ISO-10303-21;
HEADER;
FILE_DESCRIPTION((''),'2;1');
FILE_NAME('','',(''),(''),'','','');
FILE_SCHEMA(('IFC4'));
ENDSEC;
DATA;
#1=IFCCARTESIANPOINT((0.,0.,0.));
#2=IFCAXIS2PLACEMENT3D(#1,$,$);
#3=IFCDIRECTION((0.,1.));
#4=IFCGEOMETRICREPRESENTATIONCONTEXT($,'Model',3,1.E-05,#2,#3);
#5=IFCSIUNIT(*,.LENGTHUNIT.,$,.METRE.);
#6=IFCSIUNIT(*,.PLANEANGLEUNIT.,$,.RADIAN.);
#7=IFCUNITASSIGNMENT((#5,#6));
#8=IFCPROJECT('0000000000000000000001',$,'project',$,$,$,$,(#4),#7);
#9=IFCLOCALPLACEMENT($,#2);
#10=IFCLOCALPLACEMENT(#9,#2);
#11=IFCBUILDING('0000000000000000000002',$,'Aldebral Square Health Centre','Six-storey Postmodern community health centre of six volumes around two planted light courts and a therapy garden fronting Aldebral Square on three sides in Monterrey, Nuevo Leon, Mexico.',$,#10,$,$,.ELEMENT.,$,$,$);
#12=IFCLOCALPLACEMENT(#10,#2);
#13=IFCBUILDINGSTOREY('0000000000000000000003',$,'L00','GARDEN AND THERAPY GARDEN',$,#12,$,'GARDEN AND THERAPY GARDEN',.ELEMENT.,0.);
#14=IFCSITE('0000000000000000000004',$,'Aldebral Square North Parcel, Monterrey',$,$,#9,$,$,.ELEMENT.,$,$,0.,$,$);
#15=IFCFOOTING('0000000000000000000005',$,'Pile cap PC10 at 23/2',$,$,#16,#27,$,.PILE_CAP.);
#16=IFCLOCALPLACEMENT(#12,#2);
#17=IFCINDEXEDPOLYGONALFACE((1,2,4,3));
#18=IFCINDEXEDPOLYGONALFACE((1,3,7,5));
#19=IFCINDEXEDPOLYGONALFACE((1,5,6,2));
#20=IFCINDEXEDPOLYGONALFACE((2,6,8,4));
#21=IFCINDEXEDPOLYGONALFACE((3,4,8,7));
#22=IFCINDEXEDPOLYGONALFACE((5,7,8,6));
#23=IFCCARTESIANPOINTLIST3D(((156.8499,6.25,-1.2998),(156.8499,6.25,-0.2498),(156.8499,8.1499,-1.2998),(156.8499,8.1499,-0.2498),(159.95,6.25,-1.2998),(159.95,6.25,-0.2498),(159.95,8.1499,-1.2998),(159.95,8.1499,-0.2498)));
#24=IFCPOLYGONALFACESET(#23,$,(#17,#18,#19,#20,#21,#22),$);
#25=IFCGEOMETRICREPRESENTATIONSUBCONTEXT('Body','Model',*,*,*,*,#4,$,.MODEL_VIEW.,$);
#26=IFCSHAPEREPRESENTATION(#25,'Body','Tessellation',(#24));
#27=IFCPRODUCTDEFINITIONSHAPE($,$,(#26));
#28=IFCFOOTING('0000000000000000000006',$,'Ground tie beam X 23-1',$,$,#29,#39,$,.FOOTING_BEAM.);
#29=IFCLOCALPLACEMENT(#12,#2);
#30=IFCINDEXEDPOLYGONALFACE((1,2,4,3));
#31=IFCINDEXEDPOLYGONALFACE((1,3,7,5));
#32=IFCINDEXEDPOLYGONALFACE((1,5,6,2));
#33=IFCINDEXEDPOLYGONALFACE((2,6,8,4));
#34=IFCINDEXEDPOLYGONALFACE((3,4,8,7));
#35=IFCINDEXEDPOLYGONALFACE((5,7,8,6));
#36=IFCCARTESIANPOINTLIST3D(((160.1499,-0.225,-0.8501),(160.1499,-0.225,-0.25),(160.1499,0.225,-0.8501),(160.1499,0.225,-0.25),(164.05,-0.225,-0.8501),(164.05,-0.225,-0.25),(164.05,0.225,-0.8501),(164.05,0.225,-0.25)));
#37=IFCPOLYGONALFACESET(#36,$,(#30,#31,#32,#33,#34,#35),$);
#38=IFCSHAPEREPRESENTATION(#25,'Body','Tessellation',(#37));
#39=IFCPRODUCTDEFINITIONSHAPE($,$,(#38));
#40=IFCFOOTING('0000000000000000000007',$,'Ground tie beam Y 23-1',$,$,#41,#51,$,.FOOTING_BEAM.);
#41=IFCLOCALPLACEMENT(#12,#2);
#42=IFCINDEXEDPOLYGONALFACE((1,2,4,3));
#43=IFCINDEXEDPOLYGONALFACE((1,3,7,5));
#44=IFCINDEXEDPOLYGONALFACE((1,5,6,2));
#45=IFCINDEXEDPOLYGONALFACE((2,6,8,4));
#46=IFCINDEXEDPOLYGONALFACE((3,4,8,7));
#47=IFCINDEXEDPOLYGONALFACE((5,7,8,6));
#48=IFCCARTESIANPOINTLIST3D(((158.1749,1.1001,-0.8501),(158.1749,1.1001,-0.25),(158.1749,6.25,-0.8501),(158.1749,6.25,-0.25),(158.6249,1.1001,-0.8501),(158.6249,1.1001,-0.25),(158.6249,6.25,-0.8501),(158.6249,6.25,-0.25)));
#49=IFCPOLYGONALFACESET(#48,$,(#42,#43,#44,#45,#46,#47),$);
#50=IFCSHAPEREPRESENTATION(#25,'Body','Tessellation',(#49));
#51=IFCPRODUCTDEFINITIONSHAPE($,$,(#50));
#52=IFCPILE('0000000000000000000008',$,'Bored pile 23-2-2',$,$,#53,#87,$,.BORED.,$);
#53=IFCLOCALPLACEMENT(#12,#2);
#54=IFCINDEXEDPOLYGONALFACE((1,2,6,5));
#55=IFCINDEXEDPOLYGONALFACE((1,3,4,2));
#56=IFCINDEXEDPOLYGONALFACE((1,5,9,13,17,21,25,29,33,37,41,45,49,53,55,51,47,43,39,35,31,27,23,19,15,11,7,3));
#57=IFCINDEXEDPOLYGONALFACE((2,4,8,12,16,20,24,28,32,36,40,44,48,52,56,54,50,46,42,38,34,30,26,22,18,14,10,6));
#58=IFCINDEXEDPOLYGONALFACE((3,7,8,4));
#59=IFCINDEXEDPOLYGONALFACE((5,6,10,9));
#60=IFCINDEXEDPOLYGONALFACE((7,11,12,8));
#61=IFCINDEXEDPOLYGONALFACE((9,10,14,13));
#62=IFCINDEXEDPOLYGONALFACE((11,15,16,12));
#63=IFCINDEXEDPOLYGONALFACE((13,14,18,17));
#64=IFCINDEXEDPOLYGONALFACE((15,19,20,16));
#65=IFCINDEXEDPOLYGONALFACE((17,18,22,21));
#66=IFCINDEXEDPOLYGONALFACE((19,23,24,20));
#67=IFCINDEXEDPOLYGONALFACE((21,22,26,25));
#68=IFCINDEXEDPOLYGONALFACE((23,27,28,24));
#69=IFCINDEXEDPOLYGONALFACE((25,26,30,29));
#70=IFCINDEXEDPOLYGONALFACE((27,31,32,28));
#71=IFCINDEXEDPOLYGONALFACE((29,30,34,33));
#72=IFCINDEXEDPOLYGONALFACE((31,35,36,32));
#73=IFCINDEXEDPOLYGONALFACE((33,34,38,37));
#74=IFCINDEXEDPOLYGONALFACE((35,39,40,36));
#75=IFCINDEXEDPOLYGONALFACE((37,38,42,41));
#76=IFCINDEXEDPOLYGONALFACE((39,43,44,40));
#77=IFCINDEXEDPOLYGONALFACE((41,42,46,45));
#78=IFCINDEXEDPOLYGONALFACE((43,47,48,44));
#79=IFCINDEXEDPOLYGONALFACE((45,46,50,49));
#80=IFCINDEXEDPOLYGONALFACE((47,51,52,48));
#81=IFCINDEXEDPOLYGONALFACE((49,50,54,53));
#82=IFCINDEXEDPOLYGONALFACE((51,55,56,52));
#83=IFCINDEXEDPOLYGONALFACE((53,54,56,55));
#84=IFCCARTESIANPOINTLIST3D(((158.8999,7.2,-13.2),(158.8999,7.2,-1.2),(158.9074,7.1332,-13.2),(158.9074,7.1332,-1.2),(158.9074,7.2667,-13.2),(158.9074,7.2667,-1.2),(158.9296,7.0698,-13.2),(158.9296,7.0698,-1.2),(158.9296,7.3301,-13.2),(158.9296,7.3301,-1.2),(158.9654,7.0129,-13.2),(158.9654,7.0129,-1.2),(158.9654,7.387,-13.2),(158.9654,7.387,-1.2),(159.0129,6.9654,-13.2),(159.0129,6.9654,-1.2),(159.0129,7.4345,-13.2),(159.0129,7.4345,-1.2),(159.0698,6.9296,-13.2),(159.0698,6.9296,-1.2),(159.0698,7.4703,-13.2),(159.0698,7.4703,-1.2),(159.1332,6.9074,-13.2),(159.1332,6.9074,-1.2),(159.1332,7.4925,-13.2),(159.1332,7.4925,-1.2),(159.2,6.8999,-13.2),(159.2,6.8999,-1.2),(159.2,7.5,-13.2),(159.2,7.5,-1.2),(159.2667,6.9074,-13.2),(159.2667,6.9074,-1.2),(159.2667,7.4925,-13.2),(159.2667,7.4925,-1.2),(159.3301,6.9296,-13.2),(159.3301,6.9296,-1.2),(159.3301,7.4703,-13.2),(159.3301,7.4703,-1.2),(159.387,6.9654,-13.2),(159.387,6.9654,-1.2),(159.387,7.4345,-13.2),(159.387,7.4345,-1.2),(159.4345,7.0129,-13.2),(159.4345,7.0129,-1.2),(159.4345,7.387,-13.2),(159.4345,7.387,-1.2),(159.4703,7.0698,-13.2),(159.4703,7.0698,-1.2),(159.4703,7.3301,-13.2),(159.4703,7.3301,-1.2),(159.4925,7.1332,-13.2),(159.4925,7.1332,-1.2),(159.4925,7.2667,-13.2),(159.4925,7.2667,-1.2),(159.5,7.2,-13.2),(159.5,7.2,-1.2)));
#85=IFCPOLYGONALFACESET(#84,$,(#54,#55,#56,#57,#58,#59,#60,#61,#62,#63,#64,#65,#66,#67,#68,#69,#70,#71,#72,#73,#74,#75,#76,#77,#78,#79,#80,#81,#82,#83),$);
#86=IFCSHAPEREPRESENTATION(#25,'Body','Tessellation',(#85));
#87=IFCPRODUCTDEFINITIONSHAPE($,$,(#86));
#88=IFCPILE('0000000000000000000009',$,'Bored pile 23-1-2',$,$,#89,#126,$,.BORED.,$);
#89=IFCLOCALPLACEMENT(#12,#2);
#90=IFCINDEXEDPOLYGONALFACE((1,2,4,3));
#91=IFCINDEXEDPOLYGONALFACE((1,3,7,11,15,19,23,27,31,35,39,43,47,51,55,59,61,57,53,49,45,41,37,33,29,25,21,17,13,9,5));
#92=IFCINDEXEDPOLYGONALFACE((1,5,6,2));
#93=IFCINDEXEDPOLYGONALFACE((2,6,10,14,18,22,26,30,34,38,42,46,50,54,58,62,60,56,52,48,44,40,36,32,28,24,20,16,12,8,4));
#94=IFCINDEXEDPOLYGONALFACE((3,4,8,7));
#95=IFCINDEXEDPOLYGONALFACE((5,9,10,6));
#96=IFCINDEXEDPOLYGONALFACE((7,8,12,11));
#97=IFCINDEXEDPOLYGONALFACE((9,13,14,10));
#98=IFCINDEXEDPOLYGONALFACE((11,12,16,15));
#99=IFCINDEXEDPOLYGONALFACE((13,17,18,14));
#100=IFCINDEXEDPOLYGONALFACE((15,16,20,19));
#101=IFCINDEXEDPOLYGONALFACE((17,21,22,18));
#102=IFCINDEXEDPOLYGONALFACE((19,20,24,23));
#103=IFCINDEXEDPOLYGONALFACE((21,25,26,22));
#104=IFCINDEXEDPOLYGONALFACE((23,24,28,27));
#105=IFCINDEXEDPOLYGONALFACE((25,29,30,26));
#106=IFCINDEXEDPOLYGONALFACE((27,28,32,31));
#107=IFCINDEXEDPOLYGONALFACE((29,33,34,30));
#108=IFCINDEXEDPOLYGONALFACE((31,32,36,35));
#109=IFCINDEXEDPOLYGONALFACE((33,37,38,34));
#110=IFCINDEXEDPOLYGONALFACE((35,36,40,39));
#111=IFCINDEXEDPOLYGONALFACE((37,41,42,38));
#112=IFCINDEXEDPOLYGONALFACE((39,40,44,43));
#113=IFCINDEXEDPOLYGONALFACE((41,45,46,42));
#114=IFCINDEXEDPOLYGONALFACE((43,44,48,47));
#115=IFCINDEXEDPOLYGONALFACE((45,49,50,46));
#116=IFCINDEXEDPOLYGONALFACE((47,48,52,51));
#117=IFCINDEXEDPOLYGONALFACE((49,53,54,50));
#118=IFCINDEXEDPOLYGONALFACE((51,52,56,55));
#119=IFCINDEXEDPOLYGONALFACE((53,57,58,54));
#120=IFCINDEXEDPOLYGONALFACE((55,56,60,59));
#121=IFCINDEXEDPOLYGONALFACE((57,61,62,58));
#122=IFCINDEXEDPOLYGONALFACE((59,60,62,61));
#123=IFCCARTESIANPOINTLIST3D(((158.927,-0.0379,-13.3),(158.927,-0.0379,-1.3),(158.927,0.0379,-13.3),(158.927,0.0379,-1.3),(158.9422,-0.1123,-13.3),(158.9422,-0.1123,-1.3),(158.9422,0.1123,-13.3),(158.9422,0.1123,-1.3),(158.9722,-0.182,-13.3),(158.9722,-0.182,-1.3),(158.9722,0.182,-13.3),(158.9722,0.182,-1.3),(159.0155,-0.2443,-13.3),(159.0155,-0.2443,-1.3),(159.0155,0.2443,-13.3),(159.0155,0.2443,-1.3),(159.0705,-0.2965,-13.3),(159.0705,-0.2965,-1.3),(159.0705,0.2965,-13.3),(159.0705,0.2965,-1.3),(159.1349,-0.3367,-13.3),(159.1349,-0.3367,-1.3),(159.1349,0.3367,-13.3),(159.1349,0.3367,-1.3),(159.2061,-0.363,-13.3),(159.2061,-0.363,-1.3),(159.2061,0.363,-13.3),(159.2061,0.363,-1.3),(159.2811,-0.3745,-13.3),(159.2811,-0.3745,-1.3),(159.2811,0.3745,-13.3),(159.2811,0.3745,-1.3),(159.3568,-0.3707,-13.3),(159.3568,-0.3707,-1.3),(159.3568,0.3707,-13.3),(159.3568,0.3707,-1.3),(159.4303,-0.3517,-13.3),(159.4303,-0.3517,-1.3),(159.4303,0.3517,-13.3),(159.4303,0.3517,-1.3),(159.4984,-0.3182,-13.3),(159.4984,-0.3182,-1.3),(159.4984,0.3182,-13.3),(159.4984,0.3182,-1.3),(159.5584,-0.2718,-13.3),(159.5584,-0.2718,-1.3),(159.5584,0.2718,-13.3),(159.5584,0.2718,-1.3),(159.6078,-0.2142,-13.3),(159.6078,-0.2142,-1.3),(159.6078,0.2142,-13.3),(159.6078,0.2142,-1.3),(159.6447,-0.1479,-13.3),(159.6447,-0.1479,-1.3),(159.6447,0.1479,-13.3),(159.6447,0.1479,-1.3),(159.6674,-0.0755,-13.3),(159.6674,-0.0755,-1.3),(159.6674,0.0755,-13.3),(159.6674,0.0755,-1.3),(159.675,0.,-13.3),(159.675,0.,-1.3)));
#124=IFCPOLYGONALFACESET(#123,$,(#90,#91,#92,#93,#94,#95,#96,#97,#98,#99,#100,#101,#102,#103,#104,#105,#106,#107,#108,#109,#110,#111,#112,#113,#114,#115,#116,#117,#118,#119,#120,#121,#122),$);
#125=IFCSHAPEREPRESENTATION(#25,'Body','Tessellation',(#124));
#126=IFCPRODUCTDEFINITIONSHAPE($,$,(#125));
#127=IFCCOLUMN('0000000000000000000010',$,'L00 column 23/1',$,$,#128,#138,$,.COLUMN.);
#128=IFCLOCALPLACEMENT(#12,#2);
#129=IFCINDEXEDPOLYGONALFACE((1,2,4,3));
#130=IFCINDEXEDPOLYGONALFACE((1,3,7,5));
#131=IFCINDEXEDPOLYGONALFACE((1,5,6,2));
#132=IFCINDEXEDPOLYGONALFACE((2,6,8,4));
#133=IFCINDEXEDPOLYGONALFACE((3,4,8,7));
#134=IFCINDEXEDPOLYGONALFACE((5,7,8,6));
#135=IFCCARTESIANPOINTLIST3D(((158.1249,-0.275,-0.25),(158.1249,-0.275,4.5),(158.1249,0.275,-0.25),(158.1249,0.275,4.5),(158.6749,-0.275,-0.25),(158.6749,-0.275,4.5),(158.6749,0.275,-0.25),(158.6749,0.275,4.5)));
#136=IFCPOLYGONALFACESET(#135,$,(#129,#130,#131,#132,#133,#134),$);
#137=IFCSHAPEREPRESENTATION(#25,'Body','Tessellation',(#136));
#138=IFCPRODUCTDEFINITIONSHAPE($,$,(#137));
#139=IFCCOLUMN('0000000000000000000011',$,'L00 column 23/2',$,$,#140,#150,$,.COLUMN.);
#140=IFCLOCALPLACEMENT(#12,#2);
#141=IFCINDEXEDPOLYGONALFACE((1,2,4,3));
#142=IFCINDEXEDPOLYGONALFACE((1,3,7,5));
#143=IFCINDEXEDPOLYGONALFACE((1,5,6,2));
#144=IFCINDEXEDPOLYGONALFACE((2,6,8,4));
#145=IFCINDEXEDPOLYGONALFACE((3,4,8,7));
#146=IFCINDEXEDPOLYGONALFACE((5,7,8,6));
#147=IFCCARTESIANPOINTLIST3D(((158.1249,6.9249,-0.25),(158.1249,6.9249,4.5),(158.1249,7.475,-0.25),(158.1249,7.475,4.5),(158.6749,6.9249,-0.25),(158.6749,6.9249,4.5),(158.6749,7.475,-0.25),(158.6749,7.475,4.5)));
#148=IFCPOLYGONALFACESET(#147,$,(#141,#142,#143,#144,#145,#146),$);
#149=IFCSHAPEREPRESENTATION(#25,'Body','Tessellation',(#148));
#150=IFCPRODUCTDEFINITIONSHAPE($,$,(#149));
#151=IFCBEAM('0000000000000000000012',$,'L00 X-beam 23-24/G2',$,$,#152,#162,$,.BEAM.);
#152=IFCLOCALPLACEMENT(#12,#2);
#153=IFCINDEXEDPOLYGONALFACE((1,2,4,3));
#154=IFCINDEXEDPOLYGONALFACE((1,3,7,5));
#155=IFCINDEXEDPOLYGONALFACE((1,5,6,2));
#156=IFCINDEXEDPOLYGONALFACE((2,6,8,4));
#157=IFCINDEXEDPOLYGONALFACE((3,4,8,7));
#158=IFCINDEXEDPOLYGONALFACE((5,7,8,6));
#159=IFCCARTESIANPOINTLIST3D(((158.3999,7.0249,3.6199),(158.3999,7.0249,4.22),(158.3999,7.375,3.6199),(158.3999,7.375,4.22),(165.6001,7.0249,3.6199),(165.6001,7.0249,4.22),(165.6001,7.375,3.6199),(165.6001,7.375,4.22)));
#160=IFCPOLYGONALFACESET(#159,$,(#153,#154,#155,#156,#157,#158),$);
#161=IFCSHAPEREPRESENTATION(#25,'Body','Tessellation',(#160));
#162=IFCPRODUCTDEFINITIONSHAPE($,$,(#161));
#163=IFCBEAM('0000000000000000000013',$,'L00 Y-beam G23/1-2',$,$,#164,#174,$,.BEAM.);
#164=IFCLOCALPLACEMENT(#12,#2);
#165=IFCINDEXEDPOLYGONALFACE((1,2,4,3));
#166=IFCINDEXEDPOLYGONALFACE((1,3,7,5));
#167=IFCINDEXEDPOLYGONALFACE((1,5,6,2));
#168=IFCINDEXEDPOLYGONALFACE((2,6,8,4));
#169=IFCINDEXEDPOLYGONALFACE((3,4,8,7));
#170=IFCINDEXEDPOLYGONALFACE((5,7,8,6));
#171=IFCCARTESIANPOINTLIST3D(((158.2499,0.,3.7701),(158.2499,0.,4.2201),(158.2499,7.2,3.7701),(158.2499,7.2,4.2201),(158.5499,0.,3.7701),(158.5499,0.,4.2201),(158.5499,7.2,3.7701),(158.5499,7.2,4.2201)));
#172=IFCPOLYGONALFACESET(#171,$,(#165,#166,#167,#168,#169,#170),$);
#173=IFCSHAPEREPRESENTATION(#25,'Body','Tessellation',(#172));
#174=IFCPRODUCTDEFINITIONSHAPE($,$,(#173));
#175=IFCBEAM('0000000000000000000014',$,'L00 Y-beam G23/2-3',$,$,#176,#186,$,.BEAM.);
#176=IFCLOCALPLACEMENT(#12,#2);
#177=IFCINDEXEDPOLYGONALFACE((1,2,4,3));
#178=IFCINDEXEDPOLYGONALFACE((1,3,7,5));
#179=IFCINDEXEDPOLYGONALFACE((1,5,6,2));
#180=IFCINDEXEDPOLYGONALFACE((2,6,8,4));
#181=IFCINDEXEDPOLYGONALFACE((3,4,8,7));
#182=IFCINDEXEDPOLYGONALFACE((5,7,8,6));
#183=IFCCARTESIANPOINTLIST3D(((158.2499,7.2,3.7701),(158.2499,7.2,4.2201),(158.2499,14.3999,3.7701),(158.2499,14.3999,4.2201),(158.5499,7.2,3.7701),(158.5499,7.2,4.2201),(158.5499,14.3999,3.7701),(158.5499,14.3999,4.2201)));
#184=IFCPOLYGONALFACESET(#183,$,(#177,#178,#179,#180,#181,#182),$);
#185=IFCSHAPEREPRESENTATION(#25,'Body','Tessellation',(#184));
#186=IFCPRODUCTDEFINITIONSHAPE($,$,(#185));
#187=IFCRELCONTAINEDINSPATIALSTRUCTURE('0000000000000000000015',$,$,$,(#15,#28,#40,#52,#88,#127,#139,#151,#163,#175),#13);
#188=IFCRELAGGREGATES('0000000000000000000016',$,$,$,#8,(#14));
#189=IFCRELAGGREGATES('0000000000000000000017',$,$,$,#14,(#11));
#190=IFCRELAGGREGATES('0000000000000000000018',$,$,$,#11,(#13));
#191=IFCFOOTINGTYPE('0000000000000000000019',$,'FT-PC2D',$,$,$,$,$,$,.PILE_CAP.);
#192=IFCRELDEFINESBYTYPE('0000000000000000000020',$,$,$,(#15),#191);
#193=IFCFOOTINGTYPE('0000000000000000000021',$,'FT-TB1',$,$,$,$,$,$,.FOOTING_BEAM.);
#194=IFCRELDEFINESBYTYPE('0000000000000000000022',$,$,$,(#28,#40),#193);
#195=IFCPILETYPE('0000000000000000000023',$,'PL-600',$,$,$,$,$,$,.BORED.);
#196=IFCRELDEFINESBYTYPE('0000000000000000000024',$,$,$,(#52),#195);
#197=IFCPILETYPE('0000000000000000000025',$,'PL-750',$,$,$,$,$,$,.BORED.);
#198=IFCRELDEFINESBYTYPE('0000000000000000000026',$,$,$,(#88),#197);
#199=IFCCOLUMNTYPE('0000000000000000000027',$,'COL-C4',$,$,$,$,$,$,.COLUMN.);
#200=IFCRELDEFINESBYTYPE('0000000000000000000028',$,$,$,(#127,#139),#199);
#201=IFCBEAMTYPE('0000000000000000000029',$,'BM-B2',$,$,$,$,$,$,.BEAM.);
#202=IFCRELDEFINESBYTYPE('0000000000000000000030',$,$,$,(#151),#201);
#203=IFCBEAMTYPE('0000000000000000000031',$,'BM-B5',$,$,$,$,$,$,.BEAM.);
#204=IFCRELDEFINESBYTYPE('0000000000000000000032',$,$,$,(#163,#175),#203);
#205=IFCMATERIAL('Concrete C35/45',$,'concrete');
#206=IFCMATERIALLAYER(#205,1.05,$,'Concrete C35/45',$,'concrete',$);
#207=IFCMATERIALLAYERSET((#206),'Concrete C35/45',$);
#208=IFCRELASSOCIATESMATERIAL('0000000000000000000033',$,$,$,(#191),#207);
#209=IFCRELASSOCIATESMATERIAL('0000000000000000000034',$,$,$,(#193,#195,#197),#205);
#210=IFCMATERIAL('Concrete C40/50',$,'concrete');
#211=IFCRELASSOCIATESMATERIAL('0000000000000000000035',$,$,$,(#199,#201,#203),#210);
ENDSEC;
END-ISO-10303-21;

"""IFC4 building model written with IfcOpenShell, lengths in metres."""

from ifc_helpers import new_model, si_unit, direction, frame, origin, origin_2d, place, context, subcontext, project, spatial, rectangle, circle, extrude, material, layer, layer_set, material_profile, profile_set, type_object, element, save


model = new_model("IFC4")

# Units and contexts
model_context = context("Model", 3, precision=1e-05, world=origin(), true_north=direction((0.0, 1.0)))
body_context = subcontext(model_context, "Body", "Model", "MODEL_VIEW")
ifc_project = project(units=[si_unit("LENGTHUNIT", "METRE"), si_unit("PLANEANGLEUNIT", "RADIAN")], contexts=[model_context])

# Site, building, storey
site_placement = place(None, origin())
site = spatial("IfcSite", under=ifc_project, at=site_placement, Name="Aldebral Square North Parcel, Monterrey", CompositionType="ELEMENT", RefElevation=0.0)
building_placement = place(site_placement, origin())
building = spatial("IfcBuilding", under=site, at=building_placement, Name="Aldebral Square Health Centre", Description="Six-storey Postmodern community health centre of six volumes around two planted light courts and a therapy garden fronting Aldebral Square on three sides in Monterrey, Nuevo Leon, Mexico.", CompositionType="ELEMENT")
storey_placement = place(building_placement, origin())
storey = spatial("IfcBuildingStorey", under=building, at=storey_placement, Name="L00", Description="GARDEN AND THERAPY GARDEN", LongName="GARDEN AND THERAPY GARDEN", CompositionType="ELEMENT", Elevation=0.0)

# Footings
ifc_material_1 = material(Name="Concrete C35/45", Category="concrete")
ifc_layer_1 = layer(ifc_material_1, 1.05, Name="Concrete C35/45", Category="concrete")
ifc_layer_set_1 = layer_set([ifc_layer_1], Name="Concrete C35/45")
footing_type_1 = type_object("IfcFootingType", Name="FT-PC2D", PredefinedType="PILE_CAP", material=ifc_layer_set_1)
footing_1_placement = place(storey_placement, frame((158.3999, 7.2, -1.2998), z_axis=(0.0, 0.0, 1.0), x_axis=(1.0, 0.0, 0.0)))
element("IfcFooting", 1, at=footing_1_placement, inside=storey, type_object=footing_type_1, Name="Pile cap PC10 at 23/2", PredefinedType="PILE_CAP", context=body_context, shape_type="SweptSolid", body=[
    extrude(rectangle(XDim=3.1001, YDim=1.8999, at=origin_2d()), origin(), (0.0, 0.0, 1.0), 1.05),
])
ifc_material_profile_1 = material_profile(ifc_material_1, rectangle(XDim=0.45, YDim=0.6001, at=origin_2d()), Name="RC 450x600")
ifc_profile_set_1 = profile_set([ifc_material_profile_1], Name="Concrete C35/45")
footing_type_2 = type_object("IfcFootingType", Name="FT-TB1", PredefinedType="FOOTING_BEAM", material=ifc_profile_set_1)
footing_2_placement = place(storey_placement, frame((160.1499, 0.0, -0.55), z_axis=(1.0, 0.0, 0.0), x_axis=(0.0, 1.0, 0.0)))
element("IfcFooting", 2, at=footing_2_placement, inside=storey, type_object=footing_type_2, Name="Ground tie beam X 23-1", PredefinedType="FOOTING_BEAM", context=body_context, shape_type="SweptSolid", body=[
    extrude(rectangle(XDim=0.45, YDim=0.6001, at=origin_2d()), origin(), (0.0, 0.0, 1.0), 3.9001),
])
footing_3_placement = place(storey_placement, frame((158.3999, 1.1001, -0.55), z_axis=(0.0, 1.0, 0.0), x_axis=(-1.0, 0.0, 0.0)))
element("IfcFooting", 3, at=footing_3_placement, inside=storey, type_object=footing_type_2, Name="Ground tie beam Y 23-1", PredefinedType="FOOTING_BEAM", context=body_context, shape_type="SweptSolid", body=[
    extrude(rectangle(XDim=0.45, YDim=0.6001, at=origin_2d()), origin(), (0.0, 0.0, 1.0), 5.1499),
])

# Piles
ifc_material_profile_2 = material_profile(ifc_material_1, circle(Radius=0.3, at=origin_2d()), Name="PILE D600")
ifc_profile_set_2 = profile_set([ifc_material_profile_2], Name="Concrete C35/45")
pile_type_1 = type_object("IfcPileType", Name="PL-600", PredefinedType="BORED", material=ifc_profile_set_2)
pile_1_placement = place(storey_placement, frame((159.2, 7.2, -1.2), z_axis=(0.0, 0.0, -1.0), x_axis=(1.0, 0.0, 0.0)))
element("IfcPile", 4, at=pile_1_placement, inside=storey, type_object=pile_type_1, Name="Bored pile 23-2-2", PredefinedType="BORED", context=body_context, shape_type="SweptSolid", body=[
    extrude(circle(Radius=0.3, at=origin_2d()), origin(), (0.0, 0.0, 1.0), 12.0),
])
ifc_material_profile_3 = material_profile(ifc_material_1, circle(Radius=0.375, at=origin_2d()), Name="PILE D750")
ifc_profile_set_3 = profile_set([ifc_material_profile_3], Name="Concrete C35/45")
pile_type_2 = type_object("IfcPileType", Name="PL-750", PredefinedType="BORED", material=ifc_profile_set_3)
pile_2_placement = place(storey_placement, frame((159.3, 0.0, -1.3), z_axis=(0.0, 0.0, -1.0), x_axis=(1.0, 0.0, 0.0)))
element("IfcPile", 5, at=pile_2_placement, inside=storey, type_object=pile_type_2, Name="Bored pile 23-1-2", PredefinedType="BORED", context=body_context, shape_type="SweptSolid", body=[
    extrude(circle(Radius=0.375, at=origin_2d()), origin(), (0.0, 0.0, 1.0), 12.0),
])

# Columns
ifc_material_2 = material(Name="Concrete C40/50", Category="concrete")
ifc_material_profile_4 = material_profile(ifc_material_2, rectangle(XDim=0.55, YDim=0.55, at=origin_2d()), Name="RC 550x550")
ifc_profile_set_4 = profile_set([ifc_material_profile_4], Name="Concrete C40/50")
column_type = type_object("IfcColumnType", Name="COL-C4", PredefinedType="COLUMN", material=ifc_profile_set_4)
for number, where, z_axis, x_axis, name in (
    (6, (158.3999, 0.0, -0.25), (0.0, 0.0, 1.0), (1.0, 0.0, 0.0), "L00 column 23/1"),
    (7, (158.3999, 7.2, -0.25), (0.0, 0.0, 1.0), (1.0, 0.0, 0.0), "L00 column 23/2"),
):
    element("IfcColumn", number, at=place(storey_placement, frame(where, z_axis=z_axis, x_axis=x_axis)), inside=storey, type_object=column_type, Name=name, PredefinedType="COLUMN", context=body_context, shape_type="SweptSolid", body=[
        extrude(rectangle(XDim=0.55, YDim=0.55, at=origin_2d()), origin(), (0.0, 0.0, 1.0), 4.75),
    ])

# Beams
ifc_material_profile_5 = material_profile(ifc_material_2, rectangle(XDim=0.3501, YDim=0.6001, at=origin_2d()), Name="RC 350x600")
ifc_profile_set_5 = profile_set([ifc_material_profile_5], Name="Concrete C40/50")
beam_type_1 = type_object("IfcBeamType", Name="BM-B2", PredefinedType="BEAM", material=ifc_profile_set_5)
beam_1_placement = place(storey_placement, frame((158.3999, 7.2, 3.9199), z_axis=(1.0, 0.0, 0.0), x_axis=(0.0, 1.0, 0.0)))
element("IfcBeam", 8, at=beam_1_placement, inside=storey, type_object=beam_type_1, Name="L00 X-beam 23-24/G2", PredefinedType="BEAM", context=body_context, shape_type="SweptSolid", body=[
    extrude(rectangle(XDim=0.3501, YDim=0.6001, at=origin_2d()), origin(), (0.0, 0.0, 1.0), 7.2002),
])
ifc_material_profile_6 = material_profile(ifc_material_2, rectangle(XDim=0.3, YDim=0.45, at=origin_2d()), Name="RC 300x450")
ifc_profile_set_6 = profile_set([ifc_material_profile_6], Name="Concrete C40/50")
beam_type_2 = type_object("IfcBeamType", Name="BM-B5", PredefinedType="BEAM", material=ifc_profile_set_6)
for number, where, z_axis, x_axis, name in (
    (9, (158.3999, 0.0, 3.9951), (0.0, 1.0, 0.0), (-1.0, 0.0, 0.0), "L00 Y-beam G23/1-2"),
    (10, (158.3999, 7.2, 3.9951), (0.0, 1.0, 0.0), (-1.0, 0.0, 0.0), "L00 Y-beam G23/2-3"),
):
    element("IfcBeam", number, at=place(storey_placement, frame(where, z_axis=z_axis, x_axis=x_axis)), inside=storey, type_object=beam_type_2, Name=name, PredefinedType="BEAM", context=body_context, shape_type="SweptSolid", body=[
        extrude(rectangle(XDim=0.3, YDim=0.45, at=origin_2d()), origin(), (0.0, 0.0, 1.0), 7.2),
    ])

save(model, "model.ifc")
